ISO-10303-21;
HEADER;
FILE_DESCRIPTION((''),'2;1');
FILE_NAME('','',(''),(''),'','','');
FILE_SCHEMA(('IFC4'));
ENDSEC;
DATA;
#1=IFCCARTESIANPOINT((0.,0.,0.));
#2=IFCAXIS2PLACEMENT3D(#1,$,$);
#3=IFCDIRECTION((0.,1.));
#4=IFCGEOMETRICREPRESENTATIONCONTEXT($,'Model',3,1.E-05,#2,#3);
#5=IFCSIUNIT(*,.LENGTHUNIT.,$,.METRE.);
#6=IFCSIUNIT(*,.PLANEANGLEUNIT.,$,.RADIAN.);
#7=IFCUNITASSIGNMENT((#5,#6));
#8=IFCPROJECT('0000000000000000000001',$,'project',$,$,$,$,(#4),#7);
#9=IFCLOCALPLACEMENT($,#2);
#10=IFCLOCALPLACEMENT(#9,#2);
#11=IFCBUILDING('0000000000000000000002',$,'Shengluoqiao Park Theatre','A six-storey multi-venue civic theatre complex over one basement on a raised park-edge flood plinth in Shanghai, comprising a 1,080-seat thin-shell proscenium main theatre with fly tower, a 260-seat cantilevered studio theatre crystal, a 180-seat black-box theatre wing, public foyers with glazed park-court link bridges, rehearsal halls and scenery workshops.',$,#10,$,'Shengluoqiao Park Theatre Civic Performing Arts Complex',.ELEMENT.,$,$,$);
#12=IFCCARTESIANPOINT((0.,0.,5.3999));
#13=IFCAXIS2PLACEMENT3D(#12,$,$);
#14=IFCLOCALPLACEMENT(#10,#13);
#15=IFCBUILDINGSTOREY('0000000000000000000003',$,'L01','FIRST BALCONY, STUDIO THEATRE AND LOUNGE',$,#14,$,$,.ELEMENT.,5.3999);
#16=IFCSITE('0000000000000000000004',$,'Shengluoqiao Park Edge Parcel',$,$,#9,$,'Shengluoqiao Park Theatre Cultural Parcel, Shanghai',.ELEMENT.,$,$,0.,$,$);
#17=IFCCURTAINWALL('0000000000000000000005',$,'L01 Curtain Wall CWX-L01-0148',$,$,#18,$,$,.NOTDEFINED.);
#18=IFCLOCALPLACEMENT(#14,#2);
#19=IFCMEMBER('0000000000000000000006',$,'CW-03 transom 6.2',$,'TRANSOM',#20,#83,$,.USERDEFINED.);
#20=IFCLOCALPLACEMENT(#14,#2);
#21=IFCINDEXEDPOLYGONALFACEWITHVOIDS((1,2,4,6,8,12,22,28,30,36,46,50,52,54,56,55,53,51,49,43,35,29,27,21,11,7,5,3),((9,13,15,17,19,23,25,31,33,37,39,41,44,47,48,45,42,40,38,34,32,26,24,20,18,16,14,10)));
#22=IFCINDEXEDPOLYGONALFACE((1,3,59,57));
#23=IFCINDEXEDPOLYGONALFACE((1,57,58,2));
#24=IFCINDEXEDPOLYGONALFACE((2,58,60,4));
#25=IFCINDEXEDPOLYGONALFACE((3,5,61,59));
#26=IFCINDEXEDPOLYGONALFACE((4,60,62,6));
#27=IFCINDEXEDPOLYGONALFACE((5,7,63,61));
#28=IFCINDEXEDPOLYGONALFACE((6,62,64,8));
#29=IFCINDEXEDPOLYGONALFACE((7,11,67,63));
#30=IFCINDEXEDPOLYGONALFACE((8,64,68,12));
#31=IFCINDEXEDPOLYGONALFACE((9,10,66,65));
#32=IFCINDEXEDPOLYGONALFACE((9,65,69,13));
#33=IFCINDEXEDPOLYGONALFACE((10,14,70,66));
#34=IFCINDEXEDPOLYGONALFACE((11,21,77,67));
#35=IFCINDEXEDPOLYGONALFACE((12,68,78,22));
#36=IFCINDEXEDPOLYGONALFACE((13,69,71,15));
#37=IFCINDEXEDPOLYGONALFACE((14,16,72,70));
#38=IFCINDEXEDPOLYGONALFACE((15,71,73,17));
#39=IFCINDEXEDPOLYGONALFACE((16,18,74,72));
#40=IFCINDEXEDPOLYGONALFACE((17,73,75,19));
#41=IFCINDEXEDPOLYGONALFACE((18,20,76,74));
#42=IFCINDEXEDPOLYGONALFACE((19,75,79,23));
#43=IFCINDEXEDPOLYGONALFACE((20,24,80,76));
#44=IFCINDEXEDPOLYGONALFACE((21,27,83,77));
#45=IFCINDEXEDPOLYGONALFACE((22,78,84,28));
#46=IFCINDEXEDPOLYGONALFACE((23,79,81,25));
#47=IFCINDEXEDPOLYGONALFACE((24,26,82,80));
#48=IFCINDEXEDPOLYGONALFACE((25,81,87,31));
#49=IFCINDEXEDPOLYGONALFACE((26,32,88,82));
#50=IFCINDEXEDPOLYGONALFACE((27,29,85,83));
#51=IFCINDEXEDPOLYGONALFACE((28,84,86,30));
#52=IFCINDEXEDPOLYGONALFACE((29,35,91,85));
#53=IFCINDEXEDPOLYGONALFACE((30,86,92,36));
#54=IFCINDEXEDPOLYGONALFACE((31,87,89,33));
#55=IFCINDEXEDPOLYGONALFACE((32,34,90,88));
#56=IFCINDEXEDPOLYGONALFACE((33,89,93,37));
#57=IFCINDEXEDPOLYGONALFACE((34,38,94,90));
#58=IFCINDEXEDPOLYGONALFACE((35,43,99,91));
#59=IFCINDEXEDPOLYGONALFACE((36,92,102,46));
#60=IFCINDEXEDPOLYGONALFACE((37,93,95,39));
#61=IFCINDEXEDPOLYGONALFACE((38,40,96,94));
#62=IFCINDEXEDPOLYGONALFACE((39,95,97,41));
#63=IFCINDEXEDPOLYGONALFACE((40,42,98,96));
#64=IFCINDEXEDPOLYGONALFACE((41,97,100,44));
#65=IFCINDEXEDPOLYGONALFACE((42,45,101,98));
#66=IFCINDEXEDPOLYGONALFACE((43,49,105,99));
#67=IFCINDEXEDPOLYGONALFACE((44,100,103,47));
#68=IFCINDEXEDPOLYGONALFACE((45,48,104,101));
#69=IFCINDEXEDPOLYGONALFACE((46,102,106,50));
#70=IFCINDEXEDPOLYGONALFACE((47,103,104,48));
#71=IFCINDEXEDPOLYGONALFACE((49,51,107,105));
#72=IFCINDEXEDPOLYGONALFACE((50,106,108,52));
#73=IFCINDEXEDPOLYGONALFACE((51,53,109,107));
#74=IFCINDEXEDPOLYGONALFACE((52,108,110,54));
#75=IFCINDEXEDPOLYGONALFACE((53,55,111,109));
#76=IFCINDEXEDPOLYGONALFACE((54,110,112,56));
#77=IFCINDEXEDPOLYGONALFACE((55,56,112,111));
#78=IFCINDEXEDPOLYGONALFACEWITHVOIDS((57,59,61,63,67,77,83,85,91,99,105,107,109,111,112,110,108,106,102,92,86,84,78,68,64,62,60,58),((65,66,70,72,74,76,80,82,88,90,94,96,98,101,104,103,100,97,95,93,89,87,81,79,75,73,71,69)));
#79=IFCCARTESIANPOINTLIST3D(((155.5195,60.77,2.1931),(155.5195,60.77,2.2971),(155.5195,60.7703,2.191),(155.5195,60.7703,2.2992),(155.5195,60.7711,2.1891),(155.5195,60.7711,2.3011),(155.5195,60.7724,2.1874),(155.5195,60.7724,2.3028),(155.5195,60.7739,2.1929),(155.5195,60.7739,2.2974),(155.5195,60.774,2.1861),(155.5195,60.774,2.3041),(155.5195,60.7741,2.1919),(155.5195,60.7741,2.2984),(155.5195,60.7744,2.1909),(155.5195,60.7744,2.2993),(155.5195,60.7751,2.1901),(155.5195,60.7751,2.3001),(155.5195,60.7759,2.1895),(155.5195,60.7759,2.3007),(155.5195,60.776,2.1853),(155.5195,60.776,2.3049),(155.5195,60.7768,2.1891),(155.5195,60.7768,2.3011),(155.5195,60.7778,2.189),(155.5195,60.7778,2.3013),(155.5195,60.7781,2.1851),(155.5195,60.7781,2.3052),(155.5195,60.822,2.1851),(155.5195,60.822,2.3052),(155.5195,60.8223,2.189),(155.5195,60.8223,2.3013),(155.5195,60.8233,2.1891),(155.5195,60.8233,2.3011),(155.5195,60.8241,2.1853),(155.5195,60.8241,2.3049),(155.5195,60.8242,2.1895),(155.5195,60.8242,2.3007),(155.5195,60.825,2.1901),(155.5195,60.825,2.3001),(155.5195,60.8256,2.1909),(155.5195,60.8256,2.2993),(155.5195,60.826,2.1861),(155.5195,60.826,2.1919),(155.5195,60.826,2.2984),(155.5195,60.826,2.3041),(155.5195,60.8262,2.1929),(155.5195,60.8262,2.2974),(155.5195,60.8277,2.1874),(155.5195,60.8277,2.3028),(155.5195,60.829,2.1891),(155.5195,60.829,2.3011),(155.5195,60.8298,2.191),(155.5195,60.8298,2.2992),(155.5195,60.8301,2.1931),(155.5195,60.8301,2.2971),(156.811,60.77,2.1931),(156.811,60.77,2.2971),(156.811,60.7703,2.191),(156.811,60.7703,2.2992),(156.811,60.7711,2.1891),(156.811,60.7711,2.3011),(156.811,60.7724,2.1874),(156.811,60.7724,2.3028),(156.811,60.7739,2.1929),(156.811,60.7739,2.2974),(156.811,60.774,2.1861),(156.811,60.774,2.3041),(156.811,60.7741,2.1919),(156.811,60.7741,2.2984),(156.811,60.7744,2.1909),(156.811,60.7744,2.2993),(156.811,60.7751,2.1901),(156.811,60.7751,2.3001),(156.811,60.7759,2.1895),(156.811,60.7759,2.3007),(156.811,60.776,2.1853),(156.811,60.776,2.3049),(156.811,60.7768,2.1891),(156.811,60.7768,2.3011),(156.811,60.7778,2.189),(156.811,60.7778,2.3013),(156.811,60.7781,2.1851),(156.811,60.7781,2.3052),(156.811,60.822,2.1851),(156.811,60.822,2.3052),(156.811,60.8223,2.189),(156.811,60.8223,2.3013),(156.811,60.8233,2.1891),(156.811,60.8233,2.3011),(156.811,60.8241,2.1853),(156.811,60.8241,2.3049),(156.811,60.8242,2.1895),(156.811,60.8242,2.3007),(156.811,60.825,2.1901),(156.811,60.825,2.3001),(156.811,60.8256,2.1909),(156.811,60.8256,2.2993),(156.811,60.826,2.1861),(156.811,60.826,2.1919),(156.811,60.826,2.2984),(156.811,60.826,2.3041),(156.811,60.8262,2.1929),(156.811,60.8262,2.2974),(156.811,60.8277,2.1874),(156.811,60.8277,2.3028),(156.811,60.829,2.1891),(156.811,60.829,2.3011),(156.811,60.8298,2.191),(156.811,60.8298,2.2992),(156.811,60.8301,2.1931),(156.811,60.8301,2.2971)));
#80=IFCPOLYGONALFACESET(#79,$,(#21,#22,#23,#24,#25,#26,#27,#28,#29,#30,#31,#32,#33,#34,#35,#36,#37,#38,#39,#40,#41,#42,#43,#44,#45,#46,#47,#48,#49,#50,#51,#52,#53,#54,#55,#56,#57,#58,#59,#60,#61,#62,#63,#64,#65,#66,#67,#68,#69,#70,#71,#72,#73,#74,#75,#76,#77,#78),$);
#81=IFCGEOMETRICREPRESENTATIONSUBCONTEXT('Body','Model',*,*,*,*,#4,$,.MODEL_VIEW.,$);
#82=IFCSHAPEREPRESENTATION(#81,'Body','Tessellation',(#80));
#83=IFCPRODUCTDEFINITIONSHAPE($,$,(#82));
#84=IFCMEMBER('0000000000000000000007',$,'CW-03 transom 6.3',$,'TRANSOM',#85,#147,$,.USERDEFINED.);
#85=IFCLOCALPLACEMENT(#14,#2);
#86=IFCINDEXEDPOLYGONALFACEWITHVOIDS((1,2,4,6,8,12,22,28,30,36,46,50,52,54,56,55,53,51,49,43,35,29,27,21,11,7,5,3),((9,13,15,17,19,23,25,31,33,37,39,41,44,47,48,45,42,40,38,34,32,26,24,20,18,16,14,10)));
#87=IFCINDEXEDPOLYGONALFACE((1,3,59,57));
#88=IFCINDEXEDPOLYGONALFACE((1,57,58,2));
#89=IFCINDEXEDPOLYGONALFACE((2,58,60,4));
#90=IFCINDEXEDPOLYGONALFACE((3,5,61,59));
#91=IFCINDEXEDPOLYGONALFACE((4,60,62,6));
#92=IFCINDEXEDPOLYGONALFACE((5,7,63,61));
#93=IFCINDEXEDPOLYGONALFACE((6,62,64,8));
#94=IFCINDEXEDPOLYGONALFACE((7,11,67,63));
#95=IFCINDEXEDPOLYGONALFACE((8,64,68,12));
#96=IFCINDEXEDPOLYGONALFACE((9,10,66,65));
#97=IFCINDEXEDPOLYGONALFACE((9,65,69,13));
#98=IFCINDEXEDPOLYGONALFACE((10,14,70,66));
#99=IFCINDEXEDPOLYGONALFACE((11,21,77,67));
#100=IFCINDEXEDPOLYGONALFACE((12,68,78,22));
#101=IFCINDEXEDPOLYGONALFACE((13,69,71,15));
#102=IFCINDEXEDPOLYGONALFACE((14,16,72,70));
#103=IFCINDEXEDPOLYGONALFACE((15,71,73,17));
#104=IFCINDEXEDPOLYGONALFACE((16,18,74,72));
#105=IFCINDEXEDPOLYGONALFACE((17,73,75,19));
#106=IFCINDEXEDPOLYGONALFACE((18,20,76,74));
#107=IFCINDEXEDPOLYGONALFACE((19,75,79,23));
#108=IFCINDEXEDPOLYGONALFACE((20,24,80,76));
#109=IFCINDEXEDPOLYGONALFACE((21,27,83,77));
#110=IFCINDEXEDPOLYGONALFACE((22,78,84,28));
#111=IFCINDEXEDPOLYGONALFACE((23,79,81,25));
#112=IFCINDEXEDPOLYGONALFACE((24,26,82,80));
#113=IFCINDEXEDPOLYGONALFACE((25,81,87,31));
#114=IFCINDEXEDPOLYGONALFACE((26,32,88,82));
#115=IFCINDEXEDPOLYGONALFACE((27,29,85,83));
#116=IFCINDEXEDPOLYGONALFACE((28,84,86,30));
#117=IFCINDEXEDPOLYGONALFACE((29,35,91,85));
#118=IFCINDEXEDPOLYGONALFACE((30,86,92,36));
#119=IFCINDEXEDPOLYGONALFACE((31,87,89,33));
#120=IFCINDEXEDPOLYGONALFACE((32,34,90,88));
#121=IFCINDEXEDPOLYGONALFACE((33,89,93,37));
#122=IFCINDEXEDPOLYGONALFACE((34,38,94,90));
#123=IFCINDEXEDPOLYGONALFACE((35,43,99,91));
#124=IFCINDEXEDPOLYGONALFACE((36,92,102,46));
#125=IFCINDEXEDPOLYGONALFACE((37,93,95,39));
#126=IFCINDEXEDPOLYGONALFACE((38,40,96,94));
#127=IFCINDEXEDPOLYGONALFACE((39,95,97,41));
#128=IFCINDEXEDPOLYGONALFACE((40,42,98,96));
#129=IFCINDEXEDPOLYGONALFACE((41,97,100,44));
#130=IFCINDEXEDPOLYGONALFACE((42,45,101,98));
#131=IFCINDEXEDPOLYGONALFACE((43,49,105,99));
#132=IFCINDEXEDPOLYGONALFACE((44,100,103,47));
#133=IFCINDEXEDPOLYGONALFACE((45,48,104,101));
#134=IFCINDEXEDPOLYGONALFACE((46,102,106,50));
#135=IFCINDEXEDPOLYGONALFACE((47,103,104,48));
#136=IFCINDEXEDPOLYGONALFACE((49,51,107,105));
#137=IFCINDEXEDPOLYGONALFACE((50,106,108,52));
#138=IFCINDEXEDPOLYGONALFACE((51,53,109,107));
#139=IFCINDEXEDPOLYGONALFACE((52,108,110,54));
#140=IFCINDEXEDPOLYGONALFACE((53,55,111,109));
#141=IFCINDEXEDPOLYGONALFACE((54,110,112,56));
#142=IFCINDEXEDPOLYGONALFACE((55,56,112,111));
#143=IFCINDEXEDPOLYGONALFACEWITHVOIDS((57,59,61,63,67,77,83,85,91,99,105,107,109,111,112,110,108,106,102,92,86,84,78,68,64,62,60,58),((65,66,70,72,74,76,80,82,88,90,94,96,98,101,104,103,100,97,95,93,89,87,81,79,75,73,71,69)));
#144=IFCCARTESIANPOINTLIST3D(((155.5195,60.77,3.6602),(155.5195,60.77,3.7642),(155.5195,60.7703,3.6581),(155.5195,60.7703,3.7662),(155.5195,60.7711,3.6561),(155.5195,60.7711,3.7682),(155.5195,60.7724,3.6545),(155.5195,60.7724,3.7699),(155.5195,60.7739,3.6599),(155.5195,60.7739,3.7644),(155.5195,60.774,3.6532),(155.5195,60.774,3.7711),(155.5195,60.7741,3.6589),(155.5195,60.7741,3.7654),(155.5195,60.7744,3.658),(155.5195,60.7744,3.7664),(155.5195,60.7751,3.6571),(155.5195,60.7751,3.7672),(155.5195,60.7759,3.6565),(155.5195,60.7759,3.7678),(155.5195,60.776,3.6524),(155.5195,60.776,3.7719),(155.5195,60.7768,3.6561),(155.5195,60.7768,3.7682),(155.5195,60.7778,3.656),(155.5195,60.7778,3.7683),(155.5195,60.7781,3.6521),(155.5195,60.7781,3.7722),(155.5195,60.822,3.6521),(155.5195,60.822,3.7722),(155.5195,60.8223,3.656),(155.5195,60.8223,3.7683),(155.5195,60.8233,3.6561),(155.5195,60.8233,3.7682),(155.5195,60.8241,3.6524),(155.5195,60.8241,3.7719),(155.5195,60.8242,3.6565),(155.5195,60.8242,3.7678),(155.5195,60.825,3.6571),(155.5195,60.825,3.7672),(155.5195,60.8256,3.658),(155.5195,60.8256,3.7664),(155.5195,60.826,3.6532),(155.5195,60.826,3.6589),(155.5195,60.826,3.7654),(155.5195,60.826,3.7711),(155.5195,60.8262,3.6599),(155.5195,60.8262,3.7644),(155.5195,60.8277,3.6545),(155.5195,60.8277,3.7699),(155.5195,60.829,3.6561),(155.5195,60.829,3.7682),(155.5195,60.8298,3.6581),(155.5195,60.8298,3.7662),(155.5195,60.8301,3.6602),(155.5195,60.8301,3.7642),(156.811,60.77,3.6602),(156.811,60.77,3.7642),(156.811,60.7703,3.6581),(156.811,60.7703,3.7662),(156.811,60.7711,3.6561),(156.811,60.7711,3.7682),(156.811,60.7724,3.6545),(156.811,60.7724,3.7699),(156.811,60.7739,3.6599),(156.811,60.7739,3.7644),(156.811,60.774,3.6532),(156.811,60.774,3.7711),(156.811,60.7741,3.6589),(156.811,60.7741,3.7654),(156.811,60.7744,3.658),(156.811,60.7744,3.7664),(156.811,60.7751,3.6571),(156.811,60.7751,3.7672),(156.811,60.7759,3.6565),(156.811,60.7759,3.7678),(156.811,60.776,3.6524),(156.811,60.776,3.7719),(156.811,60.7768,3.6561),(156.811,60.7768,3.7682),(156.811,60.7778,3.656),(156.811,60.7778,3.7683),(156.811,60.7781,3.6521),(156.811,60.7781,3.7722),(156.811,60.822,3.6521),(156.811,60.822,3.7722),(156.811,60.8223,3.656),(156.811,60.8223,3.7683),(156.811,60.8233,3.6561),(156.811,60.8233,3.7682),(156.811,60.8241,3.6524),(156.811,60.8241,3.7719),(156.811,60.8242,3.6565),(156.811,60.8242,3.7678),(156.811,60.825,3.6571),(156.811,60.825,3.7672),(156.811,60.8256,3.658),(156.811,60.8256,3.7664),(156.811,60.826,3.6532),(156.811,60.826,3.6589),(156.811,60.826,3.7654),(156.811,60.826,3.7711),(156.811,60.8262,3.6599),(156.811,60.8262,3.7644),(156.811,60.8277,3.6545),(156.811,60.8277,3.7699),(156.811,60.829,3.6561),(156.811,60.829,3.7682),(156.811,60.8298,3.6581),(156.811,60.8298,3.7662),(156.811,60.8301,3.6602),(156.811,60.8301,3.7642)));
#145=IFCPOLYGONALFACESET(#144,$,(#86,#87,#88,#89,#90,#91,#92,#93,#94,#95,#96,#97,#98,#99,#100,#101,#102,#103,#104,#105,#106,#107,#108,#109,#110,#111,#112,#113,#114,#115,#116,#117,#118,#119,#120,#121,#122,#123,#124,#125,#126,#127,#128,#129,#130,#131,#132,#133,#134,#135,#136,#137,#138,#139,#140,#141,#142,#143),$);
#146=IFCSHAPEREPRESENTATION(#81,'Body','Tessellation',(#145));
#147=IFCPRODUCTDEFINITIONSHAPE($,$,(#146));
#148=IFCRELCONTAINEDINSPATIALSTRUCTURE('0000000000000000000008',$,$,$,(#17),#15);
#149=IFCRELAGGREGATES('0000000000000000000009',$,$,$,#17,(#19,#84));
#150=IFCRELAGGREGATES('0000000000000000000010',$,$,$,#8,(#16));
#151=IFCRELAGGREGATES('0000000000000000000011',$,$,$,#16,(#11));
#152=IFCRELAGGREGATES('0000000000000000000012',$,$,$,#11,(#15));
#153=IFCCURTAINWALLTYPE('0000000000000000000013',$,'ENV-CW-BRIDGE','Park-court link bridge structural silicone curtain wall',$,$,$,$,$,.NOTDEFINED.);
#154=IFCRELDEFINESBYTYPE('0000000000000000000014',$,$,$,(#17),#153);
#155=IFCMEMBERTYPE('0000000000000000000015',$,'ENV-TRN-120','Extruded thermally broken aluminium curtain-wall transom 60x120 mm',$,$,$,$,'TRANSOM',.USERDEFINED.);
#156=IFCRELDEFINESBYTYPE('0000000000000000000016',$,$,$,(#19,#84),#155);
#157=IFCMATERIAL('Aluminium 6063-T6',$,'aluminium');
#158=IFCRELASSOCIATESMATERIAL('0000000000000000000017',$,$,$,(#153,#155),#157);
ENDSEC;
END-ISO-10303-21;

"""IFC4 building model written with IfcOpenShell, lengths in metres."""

from ifc_helpers import new_model, si_unit, direction, frame, origin, origin_2d, place, context, subcontext, project, spatial, hollow_rectangle, extrude, material, material_profile, profile_set, type_object, element, aggregate, save


model = new_model("IFC4")

# Units and contexts
model_context = context("Model", 3, precision=1e-05, world=origin(), true_north=direction((0.0, 1.0)))
body_context = subcontext(model_context, "Body", "Model", "MODEL_VIEW")
ifc_project = project(units=[si_unit("LENGTHUNIT", "METRE"), si_unit("PLANEANGLEUNIT", "RADIAN")], contexts=[model_context])

# Site, building, storey
site_placement = place(None, origin())
site = spatial("IfcSite", under=ifc_project, at=site_placement, Name="Shengluoqiao Park Edge Parcel", LongName="Shengluoqiao Park Theatre Cultural Parcel, Shanghai", CompositionType="ELEMENT", RefElevation=0.0)
building_placement = place(site_placement, origin())
building = spatial("IfcBuilding", under=site, at=building_placement, Name="Shengluoqiao Park Theatre", Description="A six-storey multi-venue civic theatre complex over one basement on a raised park-edge flood plinth in Shanghai, comprising a 1,080-seat thin-shell proscenium main theatre with fly tower, a 260-seat cantilevered studio theatre crystal, a 180-seat black-box theatre wing, public foyers with glazed park-court link bridges, rehearsal halls and scenery workshops.", LongName="Shengluoqiao Park Theatre Civic Performing Arts Complex", CompositionType="ELEMENT")
storey_placement = place(building_placement, frame((0.0, 0.0, 5.3999)))
storey = spatial("IfcBuildingStorey", under=building, at=storey_placement, Name="L01", Description="FIRST BALCONY, STUDIO THEATRE AND LOUNGE", CompositionType="ELEMENT", Elevation=5.3999)

# Curtain wall
ifc_material_1 = material(Name="Aluminium 6063-T6", Category="aluminium")
curtain_wall_type_1 = type_object("IfcCurtainWallType", Name="ENV-CW-BRIDGE", Description="Park-court link bridge structural silicone curtain wall", PredefinedType="NOTDEFINED", material=ifc_material_1)
curtain_wall_1_placement = place(storey_placement, origin())
curtain_wall_1 = element("IfcCurtainWall", 1, at=curtain_wall_1_placement, inside=storey, type_object=curtain_wall_type_1, Name="L01 Curtain Wall CWX-L01-0148", PredefinedType="NOTDEFINED")

# Members
ifc_material_profile_1 = material_profile(ifc_material_1, hollow_rectangle(XDim=0.0601, YDim=0.1201, WallThickness=0.0039, InnerFilletRadius=0.0039, OuterFilletRadius=0.0081, at=origin_2d()), Name="ALU TRANSOM 120x60x4")
ifc_profile_set_1 = profile_set([ifc_material_profile_1], Name="Aluminium 6063-T6")
member_type_1 = type_object("IfcMemberType", Name="ENV-TRN-120", Description="Extruded thermally broken aluminium curtain-wall transom 60x120 mm", ElementType="TRANSOM", PredefinedType="USERDEFINED", material=ifc_profile_set_1)
member_1_placement = place(storey_placement, frame((155.5195, 60.8, 2.2451), z_axis=(1.0, 0.0, 0.0), x_axis=(0.0, 1.0, 0.0)))
member_1 = element("IfcMember", 2, at=member_1_placement, type_object=member_type_1, Name="CW-03 transom 6.2", ObjectType="TRANSOM", PredefinedType="USERDEFINED", context=body_context, shape_type="SweptSolid", body=[
    extrude(hollow_rectangle(XDim=0.0601, YDim=0.1201, WallThickness=0.0039, InnerFilletRadius=0.0039, OuterFilletRadius=0.0081, at=origin_2d()), origin(), (0.0, 0.0, 1.0), 1.2915),
])
member_2_placement = place(storey_placement, frame((155.5195, 60.8, 3.7122), z_axis=(1.0, 0.0, 0.0), x_axis=(0.0, 1.0, 0.0)))
member_2 = element("IfcMember", 3, at=member_2_placement, type_object=member_type_1, Name="CW-03 transom 6.3", ObjectType="TRANSOM", PredefinedType="USERDEFINED", context=body_context, shape_type="SweptSolid", body=[
    extrude(hollow_rectangle(XDim=0.0601, YDim=0.1201, WallThickness=0.0039, InnerFilletRadius=0.0039, OuterFilletRadius=0.0081, at=origin_2d()), origin(), (0.0, 0.0, 1.0), 1.2915),
])

aggregate(curtain_wall_1, [member_1, member_2])

save(model, "model.ifc")
